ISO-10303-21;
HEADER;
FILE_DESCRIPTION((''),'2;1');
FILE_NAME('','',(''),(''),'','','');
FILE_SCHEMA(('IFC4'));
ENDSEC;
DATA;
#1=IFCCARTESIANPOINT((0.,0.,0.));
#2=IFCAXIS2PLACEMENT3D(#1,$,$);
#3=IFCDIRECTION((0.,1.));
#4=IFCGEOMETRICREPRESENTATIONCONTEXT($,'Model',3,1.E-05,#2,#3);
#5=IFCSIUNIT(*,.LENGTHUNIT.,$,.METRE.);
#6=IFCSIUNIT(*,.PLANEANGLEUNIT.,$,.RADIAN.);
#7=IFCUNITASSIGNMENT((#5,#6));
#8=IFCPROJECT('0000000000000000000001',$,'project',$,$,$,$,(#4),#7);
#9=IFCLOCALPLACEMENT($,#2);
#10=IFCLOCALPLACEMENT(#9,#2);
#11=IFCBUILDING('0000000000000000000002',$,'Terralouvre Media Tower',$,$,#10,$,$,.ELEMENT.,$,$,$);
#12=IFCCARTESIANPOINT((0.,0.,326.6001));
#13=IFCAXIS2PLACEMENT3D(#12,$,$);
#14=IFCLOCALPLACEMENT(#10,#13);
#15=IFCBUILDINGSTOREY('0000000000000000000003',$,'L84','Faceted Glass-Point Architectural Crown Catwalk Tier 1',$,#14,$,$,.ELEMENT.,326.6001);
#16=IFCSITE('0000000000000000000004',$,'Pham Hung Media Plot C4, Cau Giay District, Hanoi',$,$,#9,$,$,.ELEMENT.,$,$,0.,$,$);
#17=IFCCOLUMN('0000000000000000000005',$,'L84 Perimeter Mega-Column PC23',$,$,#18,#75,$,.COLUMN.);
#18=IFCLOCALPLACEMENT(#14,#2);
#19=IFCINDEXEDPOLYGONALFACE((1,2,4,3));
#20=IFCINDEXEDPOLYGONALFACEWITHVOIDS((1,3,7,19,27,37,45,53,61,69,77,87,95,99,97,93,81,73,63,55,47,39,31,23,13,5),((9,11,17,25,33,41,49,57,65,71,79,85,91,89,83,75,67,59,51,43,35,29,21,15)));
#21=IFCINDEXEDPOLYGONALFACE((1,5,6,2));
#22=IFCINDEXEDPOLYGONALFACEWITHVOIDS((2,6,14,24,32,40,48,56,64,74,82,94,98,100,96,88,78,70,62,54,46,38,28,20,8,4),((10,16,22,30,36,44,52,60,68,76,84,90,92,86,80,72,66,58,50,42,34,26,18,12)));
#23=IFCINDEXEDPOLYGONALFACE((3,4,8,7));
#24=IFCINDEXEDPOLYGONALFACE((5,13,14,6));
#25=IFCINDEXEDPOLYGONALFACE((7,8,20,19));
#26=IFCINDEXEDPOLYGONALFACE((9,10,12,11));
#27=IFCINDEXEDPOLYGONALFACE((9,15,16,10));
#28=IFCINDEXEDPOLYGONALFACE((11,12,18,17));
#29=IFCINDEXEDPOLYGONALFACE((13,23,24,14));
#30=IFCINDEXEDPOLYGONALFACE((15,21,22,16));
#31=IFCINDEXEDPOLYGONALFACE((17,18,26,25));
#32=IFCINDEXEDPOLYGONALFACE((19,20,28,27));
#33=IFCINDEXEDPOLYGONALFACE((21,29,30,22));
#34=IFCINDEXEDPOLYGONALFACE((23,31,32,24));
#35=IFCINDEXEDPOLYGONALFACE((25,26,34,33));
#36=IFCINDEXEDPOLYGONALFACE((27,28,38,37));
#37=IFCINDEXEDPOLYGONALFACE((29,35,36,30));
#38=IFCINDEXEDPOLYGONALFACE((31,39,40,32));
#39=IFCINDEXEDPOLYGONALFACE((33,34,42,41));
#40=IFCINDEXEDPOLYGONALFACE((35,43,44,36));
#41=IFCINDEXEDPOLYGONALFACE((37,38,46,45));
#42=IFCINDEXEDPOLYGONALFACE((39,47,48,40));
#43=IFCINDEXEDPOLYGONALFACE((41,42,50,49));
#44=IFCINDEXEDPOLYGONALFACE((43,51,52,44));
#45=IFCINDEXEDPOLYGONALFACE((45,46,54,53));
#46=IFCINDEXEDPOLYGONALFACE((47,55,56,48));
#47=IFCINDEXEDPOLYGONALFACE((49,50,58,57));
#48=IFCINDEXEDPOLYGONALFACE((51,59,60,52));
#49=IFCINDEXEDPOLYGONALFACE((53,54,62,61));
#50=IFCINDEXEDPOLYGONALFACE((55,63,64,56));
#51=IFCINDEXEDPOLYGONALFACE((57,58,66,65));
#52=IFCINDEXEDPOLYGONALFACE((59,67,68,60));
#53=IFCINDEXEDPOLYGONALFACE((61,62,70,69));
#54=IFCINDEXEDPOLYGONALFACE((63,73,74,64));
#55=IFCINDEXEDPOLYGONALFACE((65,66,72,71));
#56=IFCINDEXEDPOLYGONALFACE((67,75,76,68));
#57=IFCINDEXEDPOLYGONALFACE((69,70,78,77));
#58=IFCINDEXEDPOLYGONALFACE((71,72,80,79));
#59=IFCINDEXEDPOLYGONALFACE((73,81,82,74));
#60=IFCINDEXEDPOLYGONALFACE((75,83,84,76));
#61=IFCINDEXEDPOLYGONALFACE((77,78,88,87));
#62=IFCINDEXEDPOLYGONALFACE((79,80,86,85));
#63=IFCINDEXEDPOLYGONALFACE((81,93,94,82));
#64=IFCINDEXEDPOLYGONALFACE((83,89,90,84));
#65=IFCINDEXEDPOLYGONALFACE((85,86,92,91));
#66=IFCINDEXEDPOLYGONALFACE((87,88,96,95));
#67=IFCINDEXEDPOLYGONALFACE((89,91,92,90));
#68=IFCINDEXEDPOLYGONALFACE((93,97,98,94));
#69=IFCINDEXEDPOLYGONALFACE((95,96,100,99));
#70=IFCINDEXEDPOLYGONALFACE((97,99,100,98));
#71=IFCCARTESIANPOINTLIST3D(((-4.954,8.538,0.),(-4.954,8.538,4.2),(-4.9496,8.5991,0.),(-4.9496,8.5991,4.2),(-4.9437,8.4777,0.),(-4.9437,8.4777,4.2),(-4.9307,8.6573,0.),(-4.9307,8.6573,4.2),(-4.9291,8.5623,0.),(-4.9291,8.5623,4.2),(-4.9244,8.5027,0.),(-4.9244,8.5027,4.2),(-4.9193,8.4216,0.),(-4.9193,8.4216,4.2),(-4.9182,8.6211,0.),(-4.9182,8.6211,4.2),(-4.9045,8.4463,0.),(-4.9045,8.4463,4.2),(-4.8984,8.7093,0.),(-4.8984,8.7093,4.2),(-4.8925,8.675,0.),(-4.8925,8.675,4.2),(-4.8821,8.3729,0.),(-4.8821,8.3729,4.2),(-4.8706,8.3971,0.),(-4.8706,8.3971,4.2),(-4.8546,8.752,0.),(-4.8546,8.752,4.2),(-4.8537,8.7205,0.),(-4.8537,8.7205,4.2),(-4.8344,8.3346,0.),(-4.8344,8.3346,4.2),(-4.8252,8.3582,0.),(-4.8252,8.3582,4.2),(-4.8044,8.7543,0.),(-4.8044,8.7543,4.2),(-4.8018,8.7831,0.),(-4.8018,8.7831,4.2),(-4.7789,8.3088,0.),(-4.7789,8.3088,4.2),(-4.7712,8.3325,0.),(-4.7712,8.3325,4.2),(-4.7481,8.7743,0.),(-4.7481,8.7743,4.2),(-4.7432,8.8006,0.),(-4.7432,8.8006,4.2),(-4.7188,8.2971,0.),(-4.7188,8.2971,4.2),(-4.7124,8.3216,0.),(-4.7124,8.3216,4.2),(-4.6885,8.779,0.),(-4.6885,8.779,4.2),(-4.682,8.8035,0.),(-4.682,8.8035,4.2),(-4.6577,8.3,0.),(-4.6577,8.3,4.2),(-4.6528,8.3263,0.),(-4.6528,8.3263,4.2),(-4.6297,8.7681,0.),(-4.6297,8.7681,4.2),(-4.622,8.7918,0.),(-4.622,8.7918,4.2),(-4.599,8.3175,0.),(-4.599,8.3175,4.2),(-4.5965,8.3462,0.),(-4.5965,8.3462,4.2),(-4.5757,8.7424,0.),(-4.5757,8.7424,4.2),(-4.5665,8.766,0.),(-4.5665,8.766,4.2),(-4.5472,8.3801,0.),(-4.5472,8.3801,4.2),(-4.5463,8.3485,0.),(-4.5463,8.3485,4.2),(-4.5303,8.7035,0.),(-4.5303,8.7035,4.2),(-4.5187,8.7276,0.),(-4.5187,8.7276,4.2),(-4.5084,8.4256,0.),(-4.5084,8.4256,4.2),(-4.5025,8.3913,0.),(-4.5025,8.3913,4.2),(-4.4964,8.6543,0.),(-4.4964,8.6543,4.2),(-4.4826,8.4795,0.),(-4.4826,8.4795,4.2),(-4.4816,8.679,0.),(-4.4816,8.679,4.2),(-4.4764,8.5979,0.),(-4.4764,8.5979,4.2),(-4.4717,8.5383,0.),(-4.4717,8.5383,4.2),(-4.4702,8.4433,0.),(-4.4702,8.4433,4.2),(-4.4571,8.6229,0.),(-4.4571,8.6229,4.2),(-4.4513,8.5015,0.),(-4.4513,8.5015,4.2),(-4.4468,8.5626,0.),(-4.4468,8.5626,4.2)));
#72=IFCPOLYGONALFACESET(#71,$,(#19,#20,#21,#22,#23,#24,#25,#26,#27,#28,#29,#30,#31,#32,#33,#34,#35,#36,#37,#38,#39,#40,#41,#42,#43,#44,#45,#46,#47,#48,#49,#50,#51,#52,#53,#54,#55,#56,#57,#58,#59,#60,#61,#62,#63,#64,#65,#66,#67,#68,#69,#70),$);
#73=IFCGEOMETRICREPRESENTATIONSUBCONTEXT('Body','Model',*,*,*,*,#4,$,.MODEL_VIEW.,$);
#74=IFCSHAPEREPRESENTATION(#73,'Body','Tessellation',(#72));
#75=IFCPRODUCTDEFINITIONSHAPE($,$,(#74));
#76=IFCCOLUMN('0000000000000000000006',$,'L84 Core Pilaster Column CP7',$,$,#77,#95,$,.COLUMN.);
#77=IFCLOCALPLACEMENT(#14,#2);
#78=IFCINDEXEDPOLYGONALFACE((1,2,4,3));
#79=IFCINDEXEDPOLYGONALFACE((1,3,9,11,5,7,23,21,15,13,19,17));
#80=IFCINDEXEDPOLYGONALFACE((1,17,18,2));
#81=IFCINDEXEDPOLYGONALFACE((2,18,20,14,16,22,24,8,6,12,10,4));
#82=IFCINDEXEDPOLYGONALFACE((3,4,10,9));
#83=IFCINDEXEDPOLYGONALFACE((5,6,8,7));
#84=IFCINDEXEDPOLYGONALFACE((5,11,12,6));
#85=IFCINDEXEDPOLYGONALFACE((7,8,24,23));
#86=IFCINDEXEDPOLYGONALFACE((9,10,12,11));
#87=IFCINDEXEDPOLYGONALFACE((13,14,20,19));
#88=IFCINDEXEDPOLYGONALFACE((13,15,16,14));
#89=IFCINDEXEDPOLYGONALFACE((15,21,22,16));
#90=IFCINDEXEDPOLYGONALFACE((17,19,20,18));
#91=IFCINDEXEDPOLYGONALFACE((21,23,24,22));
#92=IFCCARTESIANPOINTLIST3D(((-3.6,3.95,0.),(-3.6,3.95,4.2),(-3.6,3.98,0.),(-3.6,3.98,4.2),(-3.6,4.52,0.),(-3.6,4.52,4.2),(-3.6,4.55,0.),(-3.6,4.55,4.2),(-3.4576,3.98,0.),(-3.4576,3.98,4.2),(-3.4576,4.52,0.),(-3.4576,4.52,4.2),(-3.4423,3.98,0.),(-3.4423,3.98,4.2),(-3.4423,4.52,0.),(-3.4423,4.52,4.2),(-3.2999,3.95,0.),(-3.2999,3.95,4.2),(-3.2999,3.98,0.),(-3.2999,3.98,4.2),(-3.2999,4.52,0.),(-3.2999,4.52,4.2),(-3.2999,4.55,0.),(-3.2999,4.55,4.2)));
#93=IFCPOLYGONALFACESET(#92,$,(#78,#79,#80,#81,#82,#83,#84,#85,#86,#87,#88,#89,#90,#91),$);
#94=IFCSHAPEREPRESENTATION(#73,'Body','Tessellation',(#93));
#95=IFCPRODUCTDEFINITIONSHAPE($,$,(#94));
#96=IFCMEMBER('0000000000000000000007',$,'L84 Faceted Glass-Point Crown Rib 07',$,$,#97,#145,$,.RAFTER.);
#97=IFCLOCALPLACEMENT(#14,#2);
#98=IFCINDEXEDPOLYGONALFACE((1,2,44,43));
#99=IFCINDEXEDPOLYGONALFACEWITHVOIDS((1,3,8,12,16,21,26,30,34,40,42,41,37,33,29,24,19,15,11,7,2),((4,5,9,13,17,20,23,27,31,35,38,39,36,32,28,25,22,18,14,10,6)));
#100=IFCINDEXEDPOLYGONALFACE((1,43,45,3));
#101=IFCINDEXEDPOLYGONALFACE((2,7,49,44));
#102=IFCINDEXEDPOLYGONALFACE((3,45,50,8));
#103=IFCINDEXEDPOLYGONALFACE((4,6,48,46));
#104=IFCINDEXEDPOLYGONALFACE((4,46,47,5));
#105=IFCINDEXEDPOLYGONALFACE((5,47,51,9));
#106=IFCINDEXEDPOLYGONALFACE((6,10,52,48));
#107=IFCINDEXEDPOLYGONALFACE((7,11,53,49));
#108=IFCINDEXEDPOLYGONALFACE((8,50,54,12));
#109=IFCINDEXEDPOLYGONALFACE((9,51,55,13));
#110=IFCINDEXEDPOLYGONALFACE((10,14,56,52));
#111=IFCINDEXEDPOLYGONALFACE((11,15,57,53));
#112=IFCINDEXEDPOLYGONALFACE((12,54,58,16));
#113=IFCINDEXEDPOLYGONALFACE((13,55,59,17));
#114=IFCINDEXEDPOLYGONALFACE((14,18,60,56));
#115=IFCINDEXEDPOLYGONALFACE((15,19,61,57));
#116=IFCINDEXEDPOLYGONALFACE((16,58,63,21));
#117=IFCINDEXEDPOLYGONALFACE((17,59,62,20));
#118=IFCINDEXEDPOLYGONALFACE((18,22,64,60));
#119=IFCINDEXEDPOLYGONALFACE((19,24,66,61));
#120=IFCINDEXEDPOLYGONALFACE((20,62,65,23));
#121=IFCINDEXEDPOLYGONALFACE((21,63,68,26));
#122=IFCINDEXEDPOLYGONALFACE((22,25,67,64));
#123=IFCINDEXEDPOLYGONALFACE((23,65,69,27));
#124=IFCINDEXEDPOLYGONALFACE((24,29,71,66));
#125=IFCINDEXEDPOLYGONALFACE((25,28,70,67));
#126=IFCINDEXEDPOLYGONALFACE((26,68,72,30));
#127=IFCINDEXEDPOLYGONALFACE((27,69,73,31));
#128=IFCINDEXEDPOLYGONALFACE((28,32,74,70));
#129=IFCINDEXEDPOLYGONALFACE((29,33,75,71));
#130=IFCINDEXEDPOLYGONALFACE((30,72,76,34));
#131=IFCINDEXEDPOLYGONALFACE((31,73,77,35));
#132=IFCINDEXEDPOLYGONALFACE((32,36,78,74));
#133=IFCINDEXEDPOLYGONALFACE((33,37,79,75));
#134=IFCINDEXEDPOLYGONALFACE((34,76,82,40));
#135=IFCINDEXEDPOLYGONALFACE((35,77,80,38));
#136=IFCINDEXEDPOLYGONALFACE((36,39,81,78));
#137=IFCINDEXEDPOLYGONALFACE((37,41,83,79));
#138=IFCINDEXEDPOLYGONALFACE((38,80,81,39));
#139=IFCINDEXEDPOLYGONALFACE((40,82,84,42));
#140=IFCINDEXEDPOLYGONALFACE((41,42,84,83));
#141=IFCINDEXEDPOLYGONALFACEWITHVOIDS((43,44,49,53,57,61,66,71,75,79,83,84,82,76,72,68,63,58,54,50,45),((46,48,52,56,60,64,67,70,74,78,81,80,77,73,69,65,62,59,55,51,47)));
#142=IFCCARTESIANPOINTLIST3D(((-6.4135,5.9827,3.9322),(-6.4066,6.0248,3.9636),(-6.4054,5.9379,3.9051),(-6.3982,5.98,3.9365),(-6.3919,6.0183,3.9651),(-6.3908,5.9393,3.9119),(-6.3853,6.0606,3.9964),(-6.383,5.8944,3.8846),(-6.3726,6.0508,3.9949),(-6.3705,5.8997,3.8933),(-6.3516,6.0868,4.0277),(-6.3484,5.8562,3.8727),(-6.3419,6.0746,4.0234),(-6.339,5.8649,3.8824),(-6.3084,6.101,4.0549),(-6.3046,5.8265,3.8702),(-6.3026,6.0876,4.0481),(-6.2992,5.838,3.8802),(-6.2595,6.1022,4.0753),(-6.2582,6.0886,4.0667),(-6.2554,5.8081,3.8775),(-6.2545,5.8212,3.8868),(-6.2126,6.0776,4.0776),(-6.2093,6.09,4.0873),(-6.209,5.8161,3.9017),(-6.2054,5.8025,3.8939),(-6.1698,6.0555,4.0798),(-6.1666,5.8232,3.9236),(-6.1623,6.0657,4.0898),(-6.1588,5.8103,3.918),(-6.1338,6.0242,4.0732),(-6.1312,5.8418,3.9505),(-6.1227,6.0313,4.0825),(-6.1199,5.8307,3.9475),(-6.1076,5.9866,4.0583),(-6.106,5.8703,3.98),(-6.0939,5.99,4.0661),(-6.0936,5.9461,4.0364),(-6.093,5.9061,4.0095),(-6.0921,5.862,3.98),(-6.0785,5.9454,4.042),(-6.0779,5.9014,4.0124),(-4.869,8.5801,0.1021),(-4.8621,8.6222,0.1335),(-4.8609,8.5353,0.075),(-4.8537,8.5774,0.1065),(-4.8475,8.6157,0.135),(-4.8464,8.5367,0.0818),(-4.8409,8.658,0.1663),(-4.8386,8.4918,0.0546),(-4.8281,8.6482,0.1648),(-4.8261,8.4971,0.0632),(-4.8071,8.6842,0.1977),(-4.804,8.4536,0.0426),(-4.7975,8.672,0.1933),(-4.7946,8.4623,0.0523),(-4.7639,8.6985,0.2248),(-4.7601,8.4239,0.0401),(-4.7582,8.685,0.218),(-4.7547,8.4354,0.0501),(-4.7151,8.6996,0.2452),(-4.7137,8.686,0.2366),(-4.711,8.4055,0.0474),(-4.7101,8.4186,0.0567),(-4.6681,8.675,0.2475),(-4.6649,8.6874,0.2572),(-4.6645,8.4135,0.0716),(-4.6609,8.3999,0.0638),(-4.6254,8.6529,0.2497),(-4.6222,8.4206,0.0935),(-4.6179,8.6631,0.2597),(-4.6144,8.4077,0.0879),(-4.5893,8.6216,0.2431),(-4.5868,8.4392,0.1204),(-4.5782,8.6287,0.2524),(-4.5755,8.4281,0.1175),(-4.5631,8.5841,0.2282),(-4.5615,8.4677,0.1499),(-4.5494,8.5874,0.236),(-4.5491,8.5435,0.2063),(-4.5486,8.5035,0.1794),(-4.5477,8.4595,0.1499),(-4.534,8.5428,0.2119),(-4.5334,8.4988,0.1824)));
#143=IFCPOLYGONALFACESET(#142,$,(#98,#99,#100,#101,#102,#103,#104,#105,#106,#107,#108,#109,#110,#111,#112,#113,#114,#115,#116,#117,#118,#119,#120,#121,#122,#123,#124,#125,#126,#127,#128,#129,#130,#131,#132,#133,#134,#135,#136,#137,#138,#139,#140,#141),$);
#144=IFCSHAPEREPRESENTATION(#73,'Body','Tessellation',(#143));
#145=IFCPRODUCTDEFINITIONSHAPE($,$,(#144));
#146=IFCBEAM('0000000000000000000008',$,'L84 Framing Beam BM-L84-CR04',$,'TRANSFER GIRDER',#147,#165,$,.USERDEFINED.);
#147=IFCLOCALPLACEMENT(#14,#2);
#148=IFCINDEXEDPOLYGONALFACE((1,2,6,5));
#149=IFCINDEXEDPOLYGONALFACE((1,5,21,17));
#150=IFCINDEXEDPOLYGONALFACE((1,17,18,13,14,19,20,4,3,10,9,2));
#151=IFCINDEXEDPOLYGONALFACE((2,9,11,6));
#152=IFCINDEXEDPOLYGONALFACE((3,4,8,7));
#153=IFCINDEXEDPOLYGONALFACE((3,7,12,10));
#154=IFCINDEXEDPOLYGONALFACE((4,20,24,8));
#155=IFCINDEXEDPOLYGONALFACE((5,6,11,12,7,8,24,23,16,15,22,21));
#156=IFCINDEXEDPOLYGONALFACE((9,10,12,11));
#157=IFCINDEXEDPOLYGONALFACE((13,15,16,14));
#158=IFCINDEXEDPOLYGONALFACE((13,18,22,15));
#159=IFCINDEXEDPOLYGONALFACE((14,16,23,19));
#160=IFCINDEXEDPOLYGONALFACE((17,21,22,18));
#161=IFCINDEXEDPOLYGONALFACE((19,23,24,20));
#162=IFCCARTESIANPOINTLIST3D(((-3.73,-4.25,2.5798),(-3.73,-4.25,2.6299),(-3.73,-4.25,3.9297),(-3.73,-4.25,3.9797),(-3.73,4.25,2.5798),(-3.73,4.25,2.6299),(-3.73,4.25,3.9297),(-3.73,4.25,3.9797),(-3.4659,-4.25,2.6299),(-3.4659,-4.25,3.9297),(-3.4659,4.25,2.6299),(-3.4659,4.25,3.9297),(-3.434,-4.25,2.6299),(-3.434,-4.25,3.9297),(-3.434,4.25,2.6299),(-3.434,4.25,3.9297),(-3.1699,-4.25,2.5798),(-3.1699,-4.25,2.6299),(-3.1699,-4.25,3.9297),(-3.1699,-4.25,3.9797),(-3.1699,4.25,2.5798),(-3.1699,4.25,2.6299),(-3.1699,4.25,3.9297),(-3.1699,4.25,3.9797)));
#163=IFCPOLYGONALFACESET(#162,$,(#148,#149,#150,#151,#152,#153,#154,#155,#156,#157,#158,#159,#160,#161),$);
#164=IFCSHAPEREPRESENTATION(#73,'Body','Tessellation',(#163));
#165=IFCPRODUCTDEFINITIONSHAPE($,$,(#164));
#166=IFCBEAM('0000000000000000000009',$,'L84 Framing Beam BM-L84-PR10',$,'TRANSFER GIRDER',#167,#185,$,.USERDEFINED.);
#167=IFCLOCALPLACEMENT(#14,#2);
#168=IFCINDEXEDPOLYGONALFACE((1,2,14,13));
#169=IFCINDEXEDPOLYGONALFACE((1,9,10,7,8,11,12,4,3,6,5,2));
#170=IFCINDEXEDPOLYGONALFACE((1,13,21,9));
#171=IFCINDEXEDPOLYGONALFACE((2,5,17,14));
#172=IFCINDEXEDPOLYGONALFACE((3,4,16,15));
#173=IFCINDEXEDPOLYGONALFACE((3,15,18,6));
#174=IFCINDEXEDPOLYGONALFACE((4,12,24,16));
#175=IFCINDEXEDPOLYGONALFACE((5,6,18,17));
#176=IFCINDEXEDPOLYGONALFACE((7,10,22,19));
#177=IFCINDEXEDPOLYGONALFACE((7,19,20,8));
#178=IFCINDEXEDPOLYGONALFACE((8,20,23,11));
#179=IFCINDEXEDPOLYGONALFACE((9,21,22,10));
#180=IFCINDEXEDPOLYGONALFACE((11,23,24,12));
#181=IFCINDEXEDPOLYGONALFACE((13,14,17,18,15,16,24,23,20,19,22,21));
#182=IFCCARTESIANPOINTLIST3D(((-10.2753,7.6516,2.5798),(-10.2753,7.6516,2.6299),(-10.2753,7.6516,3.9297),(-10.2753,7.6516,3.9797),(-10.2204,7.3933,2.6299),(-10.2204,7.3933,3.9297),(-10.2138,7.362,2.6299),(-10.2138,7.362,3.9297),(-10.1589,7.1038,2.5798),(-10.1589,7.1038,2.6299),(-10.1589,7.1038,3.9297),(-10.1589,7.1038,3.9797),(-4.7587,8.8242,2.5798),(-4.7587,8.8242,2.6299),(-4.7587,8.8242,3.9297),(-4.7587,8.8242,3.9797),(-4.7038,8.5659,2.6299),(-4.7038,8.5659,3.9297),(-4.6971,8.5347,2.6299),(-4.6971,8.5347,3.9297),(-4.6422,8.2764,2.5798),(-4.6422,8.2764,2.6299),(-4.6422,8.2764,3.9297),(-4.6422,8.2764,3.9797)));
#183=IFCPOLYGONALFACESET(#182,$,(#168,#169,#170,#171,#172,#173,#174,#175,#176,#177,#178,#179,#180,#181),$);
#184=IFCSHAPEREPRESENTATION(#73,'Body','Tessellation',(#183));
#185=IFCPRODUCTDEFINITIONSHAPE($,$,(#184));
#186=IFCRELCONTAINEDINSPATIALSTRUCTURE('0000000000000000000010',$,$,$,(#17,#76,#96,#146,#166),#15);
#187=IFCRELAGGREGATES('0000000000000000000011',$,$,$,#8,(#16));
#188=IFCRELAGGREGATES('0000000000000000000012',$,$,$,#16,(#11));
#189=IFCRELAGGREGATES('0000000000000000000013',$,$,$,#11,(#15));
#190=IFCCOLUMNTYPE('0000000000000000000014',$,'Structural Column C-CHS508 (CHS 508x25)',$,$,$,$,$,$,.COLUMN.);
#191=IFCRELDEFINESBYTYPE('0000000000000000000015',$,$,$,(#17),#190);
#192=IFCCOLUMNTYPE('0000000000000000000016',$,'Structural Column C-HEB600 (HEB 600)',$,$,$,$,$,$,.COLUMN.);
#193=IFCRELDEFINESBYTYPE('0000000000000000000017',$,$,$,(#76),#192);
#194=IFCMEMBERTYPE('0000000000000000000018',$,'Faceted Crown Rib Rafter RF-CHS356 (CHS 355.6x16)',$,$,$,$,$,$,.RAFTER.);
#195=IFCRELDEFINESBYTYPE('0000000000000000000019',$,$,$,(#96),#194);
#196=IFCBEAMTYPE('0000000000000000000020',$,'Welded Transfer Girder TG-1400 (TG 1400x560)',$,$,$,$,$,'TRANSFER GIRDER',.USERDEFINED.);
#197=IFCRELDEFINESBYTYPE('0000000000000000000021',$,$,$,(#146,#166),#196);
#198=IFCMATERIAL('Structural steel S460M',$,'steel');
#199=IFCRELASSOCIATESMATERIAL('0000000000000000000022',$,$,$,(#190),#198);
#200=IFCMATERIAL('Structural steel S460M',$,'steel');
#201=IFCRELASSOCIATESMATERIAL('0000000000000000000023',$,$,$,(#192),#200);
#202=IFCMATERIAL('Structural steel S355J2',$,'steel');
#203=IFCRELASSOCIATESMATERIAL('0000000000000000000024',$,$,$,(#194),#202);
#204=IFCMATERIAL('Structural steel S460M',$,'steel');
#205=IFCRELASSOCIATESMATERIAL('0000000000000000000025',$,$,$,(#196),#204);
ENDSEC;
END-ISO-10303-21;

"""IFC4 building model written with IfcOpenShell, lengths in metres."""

from ifc_helpers import new_model, si_unit, direction, frame, origin, origin_2d, place, context, subcontext, project, spatial, hollow_circle, i_section, extrude, material, material_profile, profile_set, type_object, element, save


model = new_model("IFC4")

# Units and contexts
model_context = context("Model", 3, precision=1e-05, world=origin(), true_north=direction((0.0, 1.0)))
body_context = subcontext(model_context, "Body", "Model", "MODEL_VIEW")
ifc_project = project(units=[si_unit("LENGTHUNIT", "METRE"), si_unit("PLANEANGLEUNIT", "RADIAN")], contexts=[model_context])

# Site, building, storey
site_placement = place(None, origin())
site = spatial("IfcSite", under=ifc_project, at=site_placement, Name="Pham Hung Media Plot C4, Cau Giay District, Hanoi", CompositionType="ELEMENT", RefElevation=0.0)
building_placement = place(site_placement, origin())
building = spatial("IfcBuilding", under=site, at=building_placement, Name="Terralouvre Media Tower", CompositionType="ELEMENT")
storey_placement = place(building_placement, frame((0.0, 0.0, 326.6001)))
storey = spatial("IfcBuildingStorey", under=building, at=storey_placement, Name="L84", Description="Faceted Glass-Point Architectural Crown Catwalk Tier 1", CompositionType="ELEMENT", Elevation=326.6001)

# Columns
ifc_material_1 = material(Name="Structural steel S460M", Category="steel")
ifc_material_profile_1 = material_profile(ifc_material_1, hollow_circle(Radius=0.2539, WallThickness=0.0249, at=origin_2d()), Name="CHS 508x25")
ifc_profile_set_1 = profile_set([ifc_material_profile_1], Name="Structural steel S460M")
column_type_1 = type_object("IfcColumnType", Name="Structural Column C-CHS508 (CHS 508x25)", PredefinedType="COLUMN", material=ifc_profile_set_1)
column_1_placement = place(storey_placement, frame((-4.7004, 8.5503, 0.0), z_axis=(0.0, 0.0, 1.0), x_axis=(0.309017, 0.951057, 0.0)))
element("IfcColumn", 1, at=column_1_placement, inside=storey, type_object=column_type_1, Name="L84 Perimeter Mega-Column PC23", PredefinedType="COLUMN", context=body_context, shape_type="SweptSolid", body=[
    extrude(hollow_circle(Radius=0.2539, WallThickness=0.0249, at=origin_2d()), origin(), (0.0, 0.0, 1.0), 4.2),
])
ifc_material_2 = material(Name="Structural steel S460M", Category="steel")
ifc_material_profile_2 = material_profile(ifc_material_2, i_section(OverallWidth=0.3, OverallDepth=0.6001, WebThickness=0.0154, FlangeThickness=0.03, at=origin_2d()), Name="HEB 600")
ifc_profile_set_2 = profile_set([ifc_material_profile_2], Name="Structural steel S460M")
column_type_2 = type_object("IfcColumnType", Name="Structural Column C-HEB600 (HEB 600)", PredefinedType="COLUMN", material=ifc_profile_set_2)
column_2_placement = place(storey_placement, frame((-3.45, 4.25, 0.0), z_axis=(0.0, 0.0, 1.0), x_axis=(1.0, 0.0, 0.0)))
element("IfcColumn", 2, at=column_2_placement, inside=storey, type_object=column_type_2, Name="L84 Core Pilaster Column CP7", PredefinedType="COLUMN", context=body_context, shape_type="SweptSolid", body=[
    extrude(i_section(OverallWidth=0.3, OverallDepth=0.6001, WebThickness=0.0154, FlangeThickness=0.03, at=origin_2d()), origin(), (0.0, 0.0, 1.0), 4.2),
])

# Member
ifc_material_3 = material(Name="Structural steel S355J2", Category="steel")
ifc_material_profile_3 = material_profile(ifc_material_3, hollow_circle(Radius=0.1777, WallThickness=0.0161, at=origin_2d()), Name="CHS 355.6x16")
ifc_profile_set_3 = profile_set([ifc_material_profile_3], Name="Structural steel S355J2")
member_type = type_object("IfcMemberType", Name="Faceted Crown Rib Rafter RF-CHS356 (CHS 355.6x16)", PredefinedType="RAFTER", material=ifc_profile_set_3)
member_placement = place(storey_placement, frame((-4.7004, 8.5503, 0.1499), z_axis=(-0.316569, -0.532403, 0.785068), x_axis=(0.859532, -0.511082, 0.0)))
element("IfcMember", 3, at=member_placement, inside=storey, type_object=member_type, Name="L84 Faceted Glass-Point Crown Rib 07", PredefinedType="RAFTER", context=body_context, shape_type="SweptSolid", body=[
    extrude(hollow_circle(Radius=0.1777, WallThickness=0.0161, at=origin_2d()), origin(), (0.0, 0.0, 1.0), 4.8787),
])

# Beams
ifc_material_4 = material(Name="Structural steel S460M", Category="steel")
ifc_material_profile_4 = material_profile(ifc_material_4, i_section(OverallWidth=0.5601, OverallDepth=1.3999, WebThickness=0.032, FlangeThickness=0.05, at=origin_2d()), Name="TG 1400x560")
ifc_profile_set_4 = profile_set([ifc_material_profile_4], Name="Structural steel S460M")
beam_type = type_object("IfcBeamType", Name="Welded Transfer Girder TG-1400 (TG 1400x560)", ElementType="TRANSFER GIRDER", PredefinedType="USERDEFINED", material=ifc_profile_set_4)
beam_1_placement = place(storey_placement, frame((-3.45, 4.25, 3.2798), z_axis=(0.0, -1.0, 0.0), x_axis=(1.0, 0.0, 0.0)))
element("IfcBeam", 4, at=beam_1_placement, inside=storey, type_object=beam_type, Name="L84 Framing Beam BM-L84-CR04", ObjectType="TRANSFER GIRDER", PredefinedType="USERDEFINED", context=body_context, shape_type="SweptSolid", body=[
    extrude(i_section(OverallWidth=0.5601, OverallDepth=1.3999, WebThickness=0.032, FlangeThickness=0.05, at=origin_2d()), origin(), (0.0, 0.0, 1.0), 8.5),
])
beam_2_placement = place(storey_placement, frame((-4.7004, 8.5503, 3.2798), z_axis=(-0.978147, -0.207915, 0.0), x_axis=(0.207915, -0.978147, 0.0)))
element("IfcBeam", 5, at=beam_2_placement, inside=storey, type_object=beam_type, Name="L84 Framing Beam BM-L84-PR10", ObjectType="TRANSFER GIRDER", PredefinedType="USERDEFINED", context=body_context, shape_type="SweptSolid", body=[
    extrude(i_section(OverallWidth=0.5601, OverallDepth=1.3999, WebThickness=0.032, FlangeThickness=0.05, at=origin_2d()), origin(), (0.0, 0.0, 1.0), 5.6399),
])

save(model, "model.ifc")
